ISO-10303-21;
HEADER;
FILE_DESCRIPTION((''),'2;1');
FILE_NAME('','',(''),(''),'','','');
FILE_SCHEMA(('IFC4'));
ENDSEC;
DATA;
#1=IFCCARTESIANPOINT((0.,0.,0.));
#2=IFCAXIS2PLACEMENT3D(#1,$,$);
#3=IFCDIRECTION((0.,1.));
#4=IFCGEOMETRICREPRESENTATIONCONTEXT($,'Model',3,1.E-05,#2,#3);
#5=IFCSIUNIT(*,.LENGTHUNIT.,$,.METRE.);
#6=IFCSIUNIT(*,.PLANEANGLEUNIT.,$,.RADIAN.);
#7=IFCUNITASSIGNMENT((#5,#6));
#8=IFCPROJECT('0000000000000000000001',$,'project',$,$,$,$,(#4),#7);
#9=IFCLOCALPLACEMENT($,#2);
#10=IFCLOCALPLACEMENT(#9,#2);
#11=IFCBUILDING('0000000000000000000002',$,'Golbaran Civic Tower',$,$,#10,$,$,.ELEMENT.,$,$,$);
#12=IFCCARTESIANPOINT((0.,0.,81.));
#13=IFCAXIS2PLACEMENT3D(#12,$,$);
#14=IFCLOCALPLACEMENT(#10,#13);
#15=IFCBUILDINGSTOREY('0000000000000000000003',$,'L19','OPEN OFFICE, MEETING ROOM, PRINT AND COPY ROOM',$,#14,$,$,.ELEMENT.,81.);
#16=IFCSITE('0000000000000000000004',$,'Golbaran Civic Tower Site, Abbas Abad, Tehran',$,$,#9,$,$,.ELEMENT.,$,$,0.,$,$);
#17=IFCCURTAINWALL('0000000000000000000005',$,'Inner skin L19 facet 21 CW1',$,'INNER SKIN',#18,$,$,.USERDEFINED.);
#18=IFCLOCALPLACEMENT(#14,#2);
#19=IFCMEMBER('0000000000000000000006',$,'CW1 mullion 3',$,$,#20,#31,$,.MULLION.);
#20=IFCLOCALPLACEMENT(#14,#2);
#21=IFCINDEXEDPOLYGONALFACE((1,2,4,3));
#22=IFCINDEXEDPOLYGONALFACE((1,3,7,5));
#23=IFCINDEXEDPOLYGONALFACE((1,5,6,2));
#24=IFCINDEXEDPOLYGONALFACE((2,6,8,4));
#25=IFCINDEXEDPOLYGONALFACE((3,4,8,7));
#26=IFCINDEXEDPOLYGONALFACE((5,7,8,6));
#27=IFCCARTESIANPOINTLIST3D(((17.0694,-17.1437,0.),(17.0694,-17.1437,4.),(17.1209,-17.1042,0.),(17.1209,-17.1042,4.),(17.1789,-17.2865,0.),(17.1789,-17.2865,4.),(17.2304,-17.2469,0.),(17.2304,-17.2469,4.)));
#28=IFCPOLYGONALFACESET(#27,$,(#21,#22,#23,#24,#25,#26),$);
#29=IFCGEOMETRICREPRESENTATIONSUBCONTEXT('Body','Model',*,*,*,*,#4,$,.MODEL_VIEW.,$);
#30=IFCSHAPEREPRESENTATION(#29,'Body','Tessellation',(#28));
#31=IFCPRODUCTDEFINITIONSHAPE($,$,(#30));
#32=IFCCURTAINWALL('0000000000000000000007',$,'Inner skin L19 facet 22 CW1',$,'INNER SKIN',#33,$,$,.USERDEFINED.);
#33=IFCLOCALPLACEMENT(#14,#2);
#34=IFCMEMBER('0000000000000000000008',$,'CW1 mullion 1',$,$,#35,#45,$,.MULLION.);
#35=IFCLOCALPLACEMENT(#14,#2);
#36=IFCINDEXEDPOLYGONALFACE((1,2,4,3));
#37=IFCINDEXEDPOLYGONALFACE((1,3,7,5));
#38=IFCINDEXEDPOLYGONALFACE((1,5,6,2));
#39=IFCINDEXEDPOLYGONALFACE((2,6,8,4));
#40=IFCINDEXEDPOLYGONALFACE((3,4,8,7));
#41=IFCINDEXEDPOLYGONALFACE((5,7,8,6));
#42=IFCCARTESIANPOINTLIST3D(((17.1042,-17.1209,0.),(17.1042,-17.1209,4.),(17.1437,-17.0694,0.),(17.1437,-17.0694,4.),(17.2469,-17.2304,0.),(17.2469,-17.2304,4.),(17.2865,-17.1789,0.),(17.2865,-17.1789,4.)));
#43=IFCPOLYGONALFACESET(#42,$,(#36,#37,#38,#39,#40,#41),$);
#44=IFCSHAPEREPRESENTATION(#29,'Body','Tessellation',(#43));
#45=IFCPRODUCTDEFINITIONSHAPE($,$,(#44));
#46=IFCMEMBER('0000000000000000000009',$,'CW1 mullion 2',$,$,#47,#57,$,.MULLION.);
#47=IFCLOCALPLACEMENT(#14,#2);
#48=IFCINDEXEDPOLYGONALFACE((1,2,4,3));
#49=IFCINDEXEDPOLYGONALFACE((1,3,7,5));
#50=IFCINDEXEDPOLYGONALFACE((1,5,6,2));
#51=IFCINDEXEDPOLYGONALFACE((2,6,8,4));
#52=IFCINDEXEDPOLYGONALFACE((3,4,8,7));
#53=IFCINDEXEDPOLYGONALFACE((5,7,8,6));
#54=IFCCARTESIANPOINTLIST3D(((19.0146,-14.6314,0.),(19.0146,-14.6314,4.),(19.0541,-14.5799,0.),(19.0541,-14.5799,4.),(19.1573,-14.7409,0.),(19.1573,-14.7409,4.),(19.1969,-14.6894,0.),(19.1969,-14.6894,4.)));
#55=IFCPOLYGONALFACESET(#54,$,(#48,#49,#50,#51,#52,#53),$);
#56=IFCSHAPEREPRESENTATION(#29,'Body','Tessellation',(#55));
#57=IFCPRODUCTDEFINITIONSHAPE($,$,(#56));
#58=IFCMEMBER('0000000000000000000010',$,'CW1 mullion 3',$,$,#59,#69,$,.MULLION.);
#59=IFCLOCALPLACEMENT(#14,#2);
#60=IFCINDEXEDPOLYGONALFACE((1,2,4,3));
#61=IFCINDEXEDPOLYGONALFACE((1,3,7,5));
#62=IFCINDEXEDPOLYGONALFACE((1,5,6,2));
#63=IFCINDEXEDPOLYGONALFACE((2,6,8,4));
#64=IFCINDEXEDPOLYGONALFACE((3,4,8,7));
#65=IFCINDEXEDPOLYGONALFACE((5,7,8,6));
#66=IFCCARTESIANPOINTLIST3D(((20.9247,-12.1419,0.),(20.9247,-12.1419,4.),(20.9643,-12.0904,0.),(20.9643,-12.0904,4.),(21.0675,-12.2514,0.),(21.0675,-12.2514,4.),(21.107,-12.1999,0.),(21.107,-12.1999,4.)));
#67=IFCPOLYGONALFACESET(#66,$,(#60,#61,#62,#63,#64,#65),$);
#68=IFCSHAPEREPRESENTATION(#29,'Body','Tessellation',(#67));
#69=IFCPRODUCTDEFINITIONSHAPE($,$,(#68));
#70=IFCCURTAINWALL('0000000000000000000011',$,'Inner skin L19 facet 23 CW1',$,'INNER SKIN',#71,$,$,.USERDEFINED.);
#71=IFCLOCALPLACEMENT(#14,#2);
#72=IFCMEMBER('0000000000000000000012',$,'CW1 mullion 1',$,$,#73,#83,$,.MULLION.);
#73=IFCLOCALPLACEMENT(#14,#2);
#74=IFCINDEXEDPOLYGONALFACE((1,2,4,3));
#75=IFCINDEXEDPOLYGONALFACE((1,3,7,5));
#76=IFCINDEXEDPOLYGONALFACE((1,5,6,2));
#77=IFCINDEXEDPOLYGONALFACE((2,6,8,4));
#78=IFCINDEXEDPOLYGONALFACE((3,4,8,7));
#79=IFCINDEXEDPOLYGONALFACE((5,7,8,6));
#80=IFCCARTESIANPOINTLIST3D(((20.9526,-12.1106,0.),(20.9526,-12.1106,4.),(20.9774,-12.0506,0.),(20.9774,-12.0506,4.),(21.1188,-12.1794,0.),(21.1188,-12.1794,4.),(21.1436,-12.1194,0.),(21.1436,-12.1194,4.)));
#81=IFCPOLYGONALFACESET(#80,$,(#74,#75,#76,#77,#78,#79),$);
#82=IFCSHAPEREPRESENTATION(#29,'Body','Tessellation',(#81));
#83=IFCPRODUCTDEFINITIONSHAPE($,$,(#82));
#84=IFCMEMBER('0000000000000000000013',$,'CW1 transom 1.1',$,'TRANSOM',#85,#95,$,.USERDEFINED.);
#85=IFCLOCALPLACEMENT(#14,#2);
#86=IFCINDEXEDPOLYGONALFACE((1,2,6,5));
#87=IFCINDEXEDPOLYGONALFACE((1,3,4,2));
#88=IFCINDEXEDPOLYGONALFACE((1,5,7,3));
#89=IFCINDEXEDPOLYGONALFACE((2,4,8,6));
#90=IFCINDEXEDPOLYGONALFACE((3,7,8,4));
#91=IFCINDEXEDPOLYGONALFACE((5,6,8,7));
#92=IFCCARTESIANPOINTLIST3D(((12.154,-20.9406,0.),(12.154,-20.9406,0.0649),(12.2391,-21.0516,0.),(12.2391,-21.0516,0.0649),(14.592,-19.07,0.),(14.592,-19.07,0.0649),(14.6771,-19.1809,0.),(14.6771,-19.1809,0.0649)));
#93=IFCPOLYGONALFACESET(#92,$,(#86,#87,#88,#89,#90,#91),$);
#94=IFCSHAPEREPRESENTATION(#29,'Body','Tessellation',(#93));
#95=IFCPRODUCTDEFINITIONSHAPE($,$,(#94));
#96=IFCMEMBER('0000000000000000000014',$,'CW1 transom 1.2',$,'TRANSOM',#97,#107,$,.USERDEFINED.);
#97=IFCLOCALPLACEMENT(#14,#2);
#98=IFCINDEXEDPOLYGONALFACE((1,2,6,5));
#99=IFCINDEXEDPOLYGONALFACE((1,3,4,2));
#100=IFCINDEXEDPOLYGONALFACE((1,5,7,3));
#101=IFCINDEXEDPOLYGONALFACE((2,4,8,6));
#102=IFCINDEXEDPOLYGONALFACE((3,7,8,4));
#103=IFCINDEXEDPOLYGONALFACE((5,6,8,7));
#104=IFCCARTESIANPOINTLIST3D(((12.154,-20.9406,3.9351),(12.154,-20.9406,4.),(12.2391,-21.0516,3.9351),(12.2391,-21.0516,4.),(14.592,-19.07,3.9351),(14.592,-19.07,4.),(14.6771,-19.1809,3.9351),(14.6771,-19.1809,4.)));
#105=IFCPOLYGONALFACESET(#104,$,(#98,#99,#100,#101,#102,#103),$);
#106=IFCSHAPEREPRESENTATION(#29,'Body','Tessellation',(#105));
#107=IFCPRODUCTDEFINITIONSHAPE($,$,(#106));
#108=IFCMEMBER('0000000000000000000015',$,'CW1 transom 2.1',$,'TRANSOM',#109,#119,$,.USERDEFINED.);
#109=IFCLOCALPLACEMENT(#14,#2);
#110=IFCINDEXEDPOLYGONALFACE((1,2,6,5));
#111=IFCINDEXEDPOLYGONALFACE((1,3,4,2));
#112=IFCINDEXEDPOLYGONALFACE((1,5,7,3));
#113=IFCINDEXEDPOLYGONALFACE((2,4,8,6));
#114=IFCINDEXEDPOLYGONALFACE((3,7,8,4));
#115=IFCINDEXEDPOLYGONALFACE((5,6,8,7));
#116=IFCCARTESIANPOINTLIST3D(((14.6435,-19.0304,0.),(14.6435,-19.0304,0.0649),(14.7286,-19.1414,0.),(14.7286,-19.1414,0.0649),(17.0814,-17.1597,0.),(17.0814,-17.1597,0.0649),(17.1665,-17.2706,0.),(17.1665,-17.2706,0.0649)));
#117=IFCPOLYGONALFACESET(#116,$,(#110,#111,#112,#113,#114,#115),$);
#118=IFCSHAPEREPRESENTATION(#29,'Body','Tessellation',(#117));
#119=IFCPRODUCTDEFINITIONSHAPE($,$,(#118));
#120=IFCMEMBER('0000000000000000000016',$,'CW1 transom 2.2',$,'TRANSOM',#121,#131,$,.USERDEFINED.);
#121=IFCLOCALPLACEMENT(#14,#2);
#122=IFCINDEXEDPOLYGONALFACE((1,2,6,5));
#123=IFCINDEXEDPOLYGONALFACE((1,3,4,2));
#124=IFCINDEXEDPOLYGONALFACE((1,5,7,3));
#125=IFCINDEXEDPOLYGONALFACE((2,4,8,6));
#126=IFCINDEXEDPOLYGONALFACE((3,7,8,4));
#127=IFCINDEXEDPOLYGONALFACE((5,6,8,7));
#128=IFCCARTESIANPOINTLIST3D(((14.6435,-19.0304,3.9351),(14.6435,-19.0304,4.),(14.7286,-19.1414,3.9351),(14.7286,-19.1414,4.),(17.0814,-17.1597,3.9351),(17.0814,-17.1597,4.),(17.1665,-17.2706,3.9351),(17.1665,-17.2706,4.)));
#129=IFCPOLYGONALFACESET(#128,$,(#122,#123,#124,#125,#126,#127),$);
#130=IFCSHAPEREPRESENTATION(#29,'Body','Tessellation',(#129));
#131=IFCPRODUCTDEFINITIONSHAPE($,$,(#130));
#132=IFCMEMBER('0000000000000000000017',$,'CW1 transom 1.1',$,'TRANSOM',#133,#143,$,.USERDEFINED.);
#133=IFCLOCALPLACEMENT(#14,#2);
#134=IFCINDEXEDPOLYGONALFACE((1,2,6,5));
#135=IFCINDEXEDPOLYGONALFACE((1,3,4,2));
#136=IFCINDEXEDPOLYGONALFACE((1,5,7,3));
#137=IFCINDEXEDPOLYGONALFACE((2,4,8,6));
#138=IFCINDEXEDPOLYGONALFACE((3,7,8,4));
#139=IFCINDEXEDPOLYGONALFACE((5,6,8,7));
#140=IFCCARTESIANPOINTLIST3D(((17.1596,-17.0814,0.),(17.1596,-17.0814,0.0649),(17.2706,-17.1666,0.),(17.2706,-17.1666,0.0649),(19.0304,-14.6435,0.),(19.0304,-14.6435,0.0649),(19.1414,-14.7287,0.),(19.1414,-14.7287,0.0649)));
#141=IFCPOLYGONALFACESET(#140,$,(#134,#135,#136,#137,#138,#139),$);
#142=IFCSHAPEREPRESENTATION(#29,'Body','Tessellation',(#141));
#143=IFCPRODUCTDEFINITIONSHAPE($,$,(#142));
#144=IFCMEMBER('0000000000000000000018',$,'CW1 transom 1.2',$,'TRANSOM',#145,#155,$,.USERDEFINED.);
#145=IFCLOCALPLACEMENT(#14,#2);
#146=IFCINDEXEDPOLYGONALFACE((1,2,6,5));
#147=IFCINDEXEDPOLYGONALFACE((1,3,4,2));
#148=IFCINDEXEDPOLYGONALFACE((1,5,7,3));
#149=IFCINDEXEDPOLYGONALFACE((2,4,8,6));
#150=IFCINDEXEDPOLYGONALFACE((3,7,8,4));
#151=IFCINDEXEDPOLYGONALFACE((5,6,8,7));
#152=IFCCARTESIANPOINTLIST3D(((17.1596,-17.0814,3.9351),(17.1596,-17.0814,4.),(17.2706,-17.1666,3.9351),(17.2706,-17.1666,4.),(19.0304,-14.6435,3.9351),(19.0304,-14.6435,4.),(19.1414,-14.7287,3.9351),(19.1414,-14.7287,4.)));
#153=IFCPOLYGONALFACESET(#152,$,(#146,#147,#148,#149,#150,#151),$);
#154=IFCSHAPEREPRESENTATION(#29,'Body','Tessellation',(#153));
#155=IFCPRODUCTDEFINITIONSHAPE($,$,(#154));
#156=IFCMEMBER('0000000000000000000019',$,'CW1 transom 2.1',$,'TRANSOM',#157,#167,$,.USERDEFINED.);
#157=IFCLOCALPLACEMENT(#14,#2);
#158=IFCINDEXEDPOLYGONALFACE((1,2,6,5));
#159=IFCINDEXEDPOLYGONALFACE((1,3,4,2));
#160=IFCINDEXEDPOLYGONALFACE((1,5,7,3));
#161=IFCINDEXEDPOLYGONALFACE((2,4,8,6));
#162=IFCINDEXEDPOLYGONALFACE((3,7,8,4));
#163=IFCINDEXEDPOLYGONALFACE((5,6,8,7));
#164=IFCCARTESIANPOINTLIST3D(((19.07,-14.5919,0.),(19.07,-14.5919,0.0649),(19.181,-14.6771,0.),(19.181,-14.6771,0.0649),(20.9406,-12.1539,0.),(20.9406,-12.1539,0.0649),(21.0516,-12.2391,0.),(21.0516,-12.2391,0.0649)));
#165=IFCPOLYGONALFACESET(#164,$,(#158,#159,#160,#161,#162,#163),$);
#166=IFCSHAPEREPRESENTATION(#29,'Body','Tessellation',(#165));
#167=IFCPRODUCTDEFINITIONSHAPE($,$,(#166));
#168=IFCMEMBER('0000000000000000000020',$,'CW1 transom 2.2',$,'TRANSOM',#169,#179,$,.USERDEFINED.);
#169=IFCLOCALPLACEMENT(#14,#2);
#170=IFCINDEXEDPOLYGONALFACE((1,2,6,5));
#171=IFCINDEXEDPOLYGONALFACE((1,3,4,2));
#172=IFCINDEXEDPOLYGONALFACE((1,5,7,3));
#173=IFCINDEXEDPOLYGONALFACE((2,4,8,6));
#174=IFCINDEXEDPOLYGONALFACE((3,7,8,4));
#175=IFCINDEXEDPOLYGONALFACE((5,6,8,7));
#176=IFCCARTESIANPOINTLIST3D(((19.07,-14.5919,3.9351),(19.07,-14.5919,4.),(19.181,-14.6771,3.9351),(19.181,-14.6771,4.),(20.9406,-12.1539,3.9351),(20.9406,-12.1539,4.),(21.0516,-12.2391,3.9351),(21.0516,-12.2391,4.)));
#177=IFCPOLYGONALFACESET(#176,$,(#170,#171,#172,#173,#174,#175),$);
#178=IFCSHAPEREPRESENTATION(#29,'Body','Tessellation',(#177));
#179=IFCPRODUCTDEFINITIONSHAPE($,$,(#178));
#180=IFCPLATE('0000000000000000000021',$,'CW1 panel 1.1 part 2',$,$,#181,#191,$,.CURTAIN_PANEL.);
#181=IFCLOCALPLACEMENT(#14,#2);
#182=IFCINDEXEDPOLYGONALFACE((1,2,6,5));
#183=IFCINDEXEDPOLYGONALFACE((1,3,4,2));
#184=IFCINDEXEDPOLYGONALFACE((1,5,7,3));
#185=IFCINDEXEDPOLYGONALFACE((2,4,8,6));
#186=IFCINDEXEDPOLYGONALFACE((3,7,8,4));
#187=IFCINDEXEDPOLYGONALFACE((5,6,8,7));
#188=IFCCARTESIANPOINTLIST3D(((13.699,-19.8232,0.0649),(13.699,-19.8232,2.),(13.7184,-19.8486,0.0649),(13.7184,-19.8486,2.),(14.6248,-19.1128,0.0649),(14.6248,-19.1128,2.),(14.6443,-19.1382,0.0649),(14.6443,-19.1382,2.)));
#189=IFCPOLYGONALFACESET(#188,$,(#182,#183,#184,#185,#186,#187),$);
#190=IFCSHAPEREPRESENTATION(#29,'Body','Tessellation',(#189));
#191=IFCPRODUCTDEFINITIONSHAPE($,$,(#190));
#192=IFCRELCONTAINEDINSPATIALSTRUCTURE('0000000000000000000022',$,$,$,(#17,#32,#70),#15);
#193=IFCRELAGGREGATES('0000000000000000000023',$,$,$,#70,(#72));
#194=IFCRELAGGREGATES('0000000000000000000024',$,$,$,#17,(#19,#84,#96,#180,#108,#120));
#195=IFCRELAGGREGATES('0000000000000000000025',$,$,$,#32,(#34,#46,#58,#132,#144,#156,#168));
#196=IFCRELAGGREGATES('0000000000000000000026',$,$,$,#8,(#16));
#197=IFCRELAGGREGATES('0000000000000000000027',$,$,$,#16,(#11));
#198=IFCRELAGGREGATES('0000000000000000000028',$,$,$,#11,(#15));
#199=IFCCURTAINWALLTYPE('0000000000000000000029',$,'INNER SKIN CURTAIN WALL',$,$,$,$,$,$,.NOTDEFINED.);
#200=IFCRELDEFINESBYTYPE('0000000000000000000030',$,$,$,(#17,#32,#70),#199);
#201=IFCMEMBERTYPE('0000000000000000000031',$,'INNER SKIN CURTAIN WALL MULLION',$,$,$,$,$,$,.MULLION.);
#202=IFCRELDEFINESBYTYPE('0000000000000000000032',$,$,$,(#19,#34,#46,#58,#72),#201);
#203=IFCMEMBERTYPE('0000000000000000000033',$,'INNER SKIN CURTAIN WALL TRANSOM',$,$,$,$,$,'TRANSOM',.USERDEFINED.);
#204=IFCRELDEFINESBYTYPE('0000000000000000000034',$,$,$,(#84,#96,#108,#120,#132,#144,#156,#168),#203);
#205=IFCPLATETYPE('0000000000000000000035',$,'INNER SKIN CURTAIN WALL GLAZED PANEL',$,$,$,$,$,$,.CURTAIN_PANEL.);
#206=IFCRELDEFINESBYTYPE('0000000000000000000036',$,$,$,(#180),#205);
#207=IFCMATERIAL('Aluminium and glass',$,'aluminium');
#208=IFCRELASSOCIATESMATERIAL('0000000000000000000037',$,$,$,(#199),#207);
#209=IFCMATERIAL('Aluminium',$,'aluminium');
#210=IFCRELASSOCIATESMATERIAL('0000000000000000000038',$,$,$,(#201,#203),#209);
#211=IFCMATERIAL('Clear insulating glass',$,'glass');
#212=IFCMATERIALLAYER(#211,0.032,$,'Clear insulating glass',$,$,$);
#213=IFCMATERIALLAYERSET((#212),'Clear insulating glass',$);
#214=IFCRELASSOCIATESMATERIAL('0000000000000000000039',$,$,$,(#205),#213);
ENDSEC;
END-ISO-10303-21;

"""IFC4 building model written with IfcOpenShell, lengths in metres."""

from ifc_helpers import new_model, si_unit, direction, frame, origin, origin_2d, place, context, subcontext, project, spatial, rectangle, extrude, material, layer, layer_set, material_profile, profile_set, type_object, element, aggregate, save


model = new_model("IFC4")

# Units and contexts
model_context = context("Model", 3, precision=1e-05, world=origin(), true_north=direction((0.0, 1.0)))
body_context = subcontext(model_context, "Body", "Model", "MODEL_VIEW")
ifc_project = project(units=[si_unit("LENGTHUNIT", "METRE"), si_unit("PLANEANGLEUNIT", "RADIAN")], contexts=[model_context])

# Site, building, storey
site_placement = place(None, origin())
site = spatial("IfcSite", under=ifc_project, at=site_placement, Name="Golbaran Civic Tower Site, Abbas Abad, Tehran", CompositionType="ELEMENT", RefElevation=0.0)
building_placement = place(site_placement, origin())
building = spatial("IfcBuilding", under=site, at=building_placement, Name="Golbaran Civic Tower", CompositionType="ELEMENT")
storey_placement = place(building_placement, frame((0.0, 0.0, 81.0)))
storey = spatial("IfcBuildingStorey", under=building, at=storey_placement, Name="L19", Description="OPEN OFFICE, MEETING ROOM, PRINT AND COPY ROOM", CompositionType="ELEMENT", Elevation=81.0)

# Shared definitions
ifc_material_1 = material(Name="Aluminium and glass", Category="aluminium")
curtain_wall_type = type_object("IfcCurtainWallType", Name="INNER SKIN CURTAIN WALL", PredefinedType="NOTDEFINED", material=ifc_material_1)
ifc_material_2 = material(Name="Aluminium", Category="aluminium")
ifc_material_profile_1 = material_profile(ifc_material_2, rectangle(XDim=0.1799, YDim=0.0649, at=origin_2d()), Name="INNER SKIN CURTAIN WALL MULLION")
ifc_profile_set_1 = profile_set([ifc_material_profile_1], Name="Aluminium")
member_type_1 = type_object("IfcMemberType", Name="INNER SKIN CURTAIN WALL MULLION", PredefinedType="MULLION", material=ifc_profile_set_1)

# Curtain walls, members
curtain_wall_1_placement = place(storey_placement, origin())
curtain_wall_1 = element("IfcCurtainWall", 1, at=curtain_wall_1_placement, inside=storey, type_object=curtain_wall_type, Name="Inner skin L19 facet 21 CW1", ObjectType="INNER SKIN", PredefinedType="USERDEFINED")
member_1_placement = place(storey_placement, frame((17.1499, -17.1953, 0.0), z_axis=(0.0, 0.0, 1.0), x_axis=(-0.608761, 0.793353, 0.0)))
member_1 = element("IfcMember", 2, at=member_1_placement, type_object=member_type_1, Name="CW1 mullion 3", PredefinedType="MULLION", context=body_context, shape_type="SweptSolid", body=[
    extrude(rectangle(XDim=0.1799, YDim=0.0649, at=origin_2d()), origin(), (0.0, 0.0, 1.0), 4.0),
])
curtain_wall_2_placement = place(storey_placement, origin())
curtain_wall_2 = element("IfcCurtainWall", 3, at=curtain_wall_2_placement, inside=storey, type_object=curtain_wall_type, Name="Inner skin L19 facet 22 CW1", ObjectType="INNER SKIN", PredefinedType="USERDEFINED")
member_2_placement = place(storey_placement, frame((17.1953, -17.1499, 0.0), z_axis=(0.0, 0.0, 1.0), x_axis=(-0.793353, 0.608761, 0.0)))
member_2 = element("IfcMember", 4, at=member_2_placement, type_object=member_type_1, Name="CW1 mullion 1", PredefinedType="MULLION", context=body_context, shape_type="SweptSolid", body=[
    extrude(rectangle(XDim=0.1799, YDim=0.0649, at=origin_2d()), origin(), (0.0, 0.0, 1.0), 4.0),
])
member_3_placement = place(storey_placement, frame((19.1057, -14.6604, 0.0), z_axis=(0.0, 0.0, 1.0), x_axis=(-0.793353, 0.608761, 0.0)))
member_3 = element("IfcMember", 5, at=member_3_placement, type_object=member_type_1, Name="CW1 mullion 2", PredefinedType="MULLION", context=body_context, shape_type="SweptSolid", body=[
    extrude(rectangle(XDim=0.1799, YDim=0.0649, at=origin_2d()), origin(), (0.0, 0.0, 1.0), 4.0),
])
member_4_placement = place(storey_placement, frame((21.0159, -12.1709, 0.0), z_axis=(0.0, 0.0, 1.0), x_axis=(-0.793353, 0.608761, 0.0)))
member_4 = element("IfcMember", 6, at=member_4_placement, type_object=member_type_1, Name="CW1 mullion 3", PredefinedType="MULLION", context=body_context, shape_type="SweptSolid", body=[
    extrude(rectangle(XDim=0.1799, YDim=0.0649, at=origin_2d()), origin(), (0.0, 0.0, 1.0), 4.0),
])

# Curtain wall, member
curtain_wall_3_placement = place(storey_placement, origin())
curtain_wall_3 = element("IfcCurtainWall", 7, at=curtain_wall_3_placement, inside=storey, type_object=curtain_wall_type, Name="Inner skin L19 facet 23 CW1", ObjectType="INNER SKIN", PredefinedType="USERDEFINED")
member_5_placement = place(storey_placement, frame((21.0481, -12.115, 0.0), z_axis=(0.0, 0.0, 1.0), x_axis=(-0.92388, 0.382683, 0.0)))
member_5 = element("IfcMember", 8, at=member_5_placement, type_object=member_type_1, Name="CW1 mullion 1", PredefinedType="MULLION", context=body_context, shape_type="SweptSolid", body=[
    extrude(rectangle(XDim=0.1799, YDim=0.0649, at=origin_2d()), origin(), (0.0, 0.0, 1.0), 4.0),
])
aggregate(curtain_wall_3, [member_5])

# Members
ifc_material_profile_2 = material_profile(ifc_material_2, rectangle(XDim=0.1399, YDim=0.0649, at=origin_2d()), Name="INNER SKIN CURTAIN WALL TRANSOM")
ifc_profile_set_2 = profile_set([ifc_material_profile_2], Name="Aluminium")
member_type_2 = type_object("IfcMemberType", Name="INNER SKIN CURTAIN WALL TRANSOM", ElementType="TRANSOM", PredefinedType="USERDEFINED", material=ifc_profile_set_2)
member_6_placement = place(storey_placement, frame((12.1965, -20.9961, 0.0325), z_axis=(0.793374, 0.608735, 0.0), x_axis=(-0.608735, 0.793374, 0.0)))
member_6 = element("IfcMember", 9, at=member_6_placement, type_object=member_type_2, Name="CW1 transom 1.1", ObjectType="TRANSOM", PredefinedType="USERDEFINED", context=body_context, shape_type="SweptSolid", body=[
    extrude(rectangle(XDim=0.1399, YDim=0.0649, at=origin_2d()), origin(), (0.0, 0.0, 1.0), 3.073),
])
member_7_placement = place(storey_placement, frame((12.1965, -20.9961, 3.9675), z_axis=(0.793374, 0.608735, 0.0), x_axis=(-0.608735, 0.793374, 0.0)))
member_7 = element("IfcMember", 10, at=member_7_placement, type_object=member_type_2, Name="CW1 transom 1.2", ObjectType="TRANSOM", PredefinedType="USERDEFINED", context=body_context, shape_type="SweptSolid", body=[
    extrude(rectangle(XDim=0.1399, YDim=0.0649, at=origin_2d()), origin(), (0.0, 0.0, 1.0), 3.073),
])
member_8_placement = place(storey_placement, frame((14.686, -19.0859, 0.0325), z_axis=(0.793335, 0.608785, 0.0), x_axis=(-0.608785, 0.793335, 0.0)))
member_8 = element("IfcMember", 11, at=member_8_placement, type_object=member_type_2, Name="CW1 transom 2.1", ObjectType="TRANSOM", PredefinedType="USERDEFINED", context=body_context, shape_type="SweptSolid", body=[
    extrude(rectangle(XDim=0.1399, YDim=0.0649, at=origin_2d()), origin(), (0.0, 0.0, 1.0), 3.073),
])
member_9_placement = place(storey_placement, frame((14.686, -19.0859, 3.9675), z_axis=(0.793335, 0.608785, 0.0), x_axis=(-0.608785, 0.793335, 0.0)))
member_9 = element("IfcMember", 12, at=member_9_placement, type_object=member_type_2, Name="CW1 transom 2.2", ObjectType="TRANSOM", PredefinedType="USERDEFINED", context=body_context, shape_type="SweptSolid", body=[
    extrude(rectangle(XDim=0.1399, YDim=0.0649, at=origin_2d()), origin(), (0.0, 0.0, 1.0), 3.073),
])
member_10_placement = place(storey_placement, frame((17.2151, -17.124, 0.0325), z_axis=(0.608785, 0.793335, 0.0), x_axis=(-0.793335, 0.608785, 0.0)))
member_10 = element("IfcMember", 13, at=member_10_placement, type_object=member_type_2, Name="CW1 transom 1.1", ObjectType="TRANSOM", PredefinedType="USERDEFINED", context=body_context, shape_type="SweptSolid", body=[
    extrude(rectangle(XDim=0.1399, YDim=0.0649, at=origin_2d()), origin(), (0.0, 0.0, 1.0), 3.073),
])
member_11_placement = place(storey_placement, frame((17.2151, -17.124, 3.9675), z_axis=(0.608785, 0.793335, 0.0), x_axis=(-0.793335, 0.608785, 0.0)))
member_11 = element("IfcMember", 14, at=member_11_placement, type_object=member_type_2, Name="CW1 transom 1.2", ObjectType="TRANSOM", PredefinedType="USERDEFINED", context=body_context, shape_type="SweptSolid", body=[
    extrude(rectangle(XDim=0.1399, YDim=0.0649, at=origin_2d()), origin(), (0.0, 0.0, 1.0), 3.073),
])
member_12_placement = place(storey_placement, frame((19.1255, -14.6345, 0.0325), z_axis=(0.608735, 0.793374, 0.0), x_axis=(-0.793374, 0.608735, 0.0)))
member_12 = element("IfcMember", 15, at=member_12_placement, type_object=member_type_2, Name="CW1 transom 2.1", ObjectType="TRANSOM", PredefinedType="USERDEFINED", context=body_context, shape_type="SweptSolid", body=[
    extrude(rectangle(XDim=0.1399, YDim=0.0649, at=origin_2d()), origin(), (0.0, 0.0, 1.0), 3.073),
])
member_13_placement = place(storey_placement, frame((19.1255, -14.6345, 3.9675), z_axis=(0.608735, 0.793374, 0.0), x_axis=(-0.793374, 0.608735, 0.0)))
member_13 = element("IfcMember", 16, at=member_13_placement, type_object=member_type_2, Name="CW1 transom 2.2", ObjectType="TRANSOM", PredefinedType="USERDEFINED", context=body_context, shape_type="SweptSolid", body=[
    extrude(rectangle(XDim=0.1399, YDim=0.0649, at=origin_2d()), origin(), (0.0, 0.0, 1.0), 3.073),
])

# Plate
ifc_material_3 = material(Name="Clear insulating glass", Category="glass")
ifc_layer_1 = layer(ifc_material_3, 0.032, Name="Clear insulating glass")
ifc_layer_set_1 = layer_set([ifc_layer_1], Name="Clear insulating glass")
plate_type_1 = type_object("IfcPlateType", Name="INNER SKIN CURTAIN WALL GLAZED PANEL", PredefinedType="CURTAIN_PANEL", material=ifc_layer_set_1)
plate_1_placement = place(storey_placement, frame((14.1716, -19.4807, 0.0649), z_axis=(0.0, 0.0, 1.0), x_axis=(0.793353, 0.608761, 0.0)))
plate_1 = element("IfcPlate", 17, at=plate_1_placement, type_object=plate_type_1, Name="CW1 panel 1.1 part 2", PredefinedType="CURTAIN_PANEL", context=body_context, shape_type="SweptSolid", body=[
    extrude(rectangle(XDim=1.167, YDim=0.032, at=origin_2d()), origin(), (0.0, 0.0, 1.0), 1.9351),
])
aggregate(curtain_wall_1, [member_1, member_6, member_7, plate_1, member_8, member_9])
aggregate(curtain_wall_2, [member_2, member_3, member_4, member_10, member_11, member_12, member_13])

save(model, "model.ifc")
